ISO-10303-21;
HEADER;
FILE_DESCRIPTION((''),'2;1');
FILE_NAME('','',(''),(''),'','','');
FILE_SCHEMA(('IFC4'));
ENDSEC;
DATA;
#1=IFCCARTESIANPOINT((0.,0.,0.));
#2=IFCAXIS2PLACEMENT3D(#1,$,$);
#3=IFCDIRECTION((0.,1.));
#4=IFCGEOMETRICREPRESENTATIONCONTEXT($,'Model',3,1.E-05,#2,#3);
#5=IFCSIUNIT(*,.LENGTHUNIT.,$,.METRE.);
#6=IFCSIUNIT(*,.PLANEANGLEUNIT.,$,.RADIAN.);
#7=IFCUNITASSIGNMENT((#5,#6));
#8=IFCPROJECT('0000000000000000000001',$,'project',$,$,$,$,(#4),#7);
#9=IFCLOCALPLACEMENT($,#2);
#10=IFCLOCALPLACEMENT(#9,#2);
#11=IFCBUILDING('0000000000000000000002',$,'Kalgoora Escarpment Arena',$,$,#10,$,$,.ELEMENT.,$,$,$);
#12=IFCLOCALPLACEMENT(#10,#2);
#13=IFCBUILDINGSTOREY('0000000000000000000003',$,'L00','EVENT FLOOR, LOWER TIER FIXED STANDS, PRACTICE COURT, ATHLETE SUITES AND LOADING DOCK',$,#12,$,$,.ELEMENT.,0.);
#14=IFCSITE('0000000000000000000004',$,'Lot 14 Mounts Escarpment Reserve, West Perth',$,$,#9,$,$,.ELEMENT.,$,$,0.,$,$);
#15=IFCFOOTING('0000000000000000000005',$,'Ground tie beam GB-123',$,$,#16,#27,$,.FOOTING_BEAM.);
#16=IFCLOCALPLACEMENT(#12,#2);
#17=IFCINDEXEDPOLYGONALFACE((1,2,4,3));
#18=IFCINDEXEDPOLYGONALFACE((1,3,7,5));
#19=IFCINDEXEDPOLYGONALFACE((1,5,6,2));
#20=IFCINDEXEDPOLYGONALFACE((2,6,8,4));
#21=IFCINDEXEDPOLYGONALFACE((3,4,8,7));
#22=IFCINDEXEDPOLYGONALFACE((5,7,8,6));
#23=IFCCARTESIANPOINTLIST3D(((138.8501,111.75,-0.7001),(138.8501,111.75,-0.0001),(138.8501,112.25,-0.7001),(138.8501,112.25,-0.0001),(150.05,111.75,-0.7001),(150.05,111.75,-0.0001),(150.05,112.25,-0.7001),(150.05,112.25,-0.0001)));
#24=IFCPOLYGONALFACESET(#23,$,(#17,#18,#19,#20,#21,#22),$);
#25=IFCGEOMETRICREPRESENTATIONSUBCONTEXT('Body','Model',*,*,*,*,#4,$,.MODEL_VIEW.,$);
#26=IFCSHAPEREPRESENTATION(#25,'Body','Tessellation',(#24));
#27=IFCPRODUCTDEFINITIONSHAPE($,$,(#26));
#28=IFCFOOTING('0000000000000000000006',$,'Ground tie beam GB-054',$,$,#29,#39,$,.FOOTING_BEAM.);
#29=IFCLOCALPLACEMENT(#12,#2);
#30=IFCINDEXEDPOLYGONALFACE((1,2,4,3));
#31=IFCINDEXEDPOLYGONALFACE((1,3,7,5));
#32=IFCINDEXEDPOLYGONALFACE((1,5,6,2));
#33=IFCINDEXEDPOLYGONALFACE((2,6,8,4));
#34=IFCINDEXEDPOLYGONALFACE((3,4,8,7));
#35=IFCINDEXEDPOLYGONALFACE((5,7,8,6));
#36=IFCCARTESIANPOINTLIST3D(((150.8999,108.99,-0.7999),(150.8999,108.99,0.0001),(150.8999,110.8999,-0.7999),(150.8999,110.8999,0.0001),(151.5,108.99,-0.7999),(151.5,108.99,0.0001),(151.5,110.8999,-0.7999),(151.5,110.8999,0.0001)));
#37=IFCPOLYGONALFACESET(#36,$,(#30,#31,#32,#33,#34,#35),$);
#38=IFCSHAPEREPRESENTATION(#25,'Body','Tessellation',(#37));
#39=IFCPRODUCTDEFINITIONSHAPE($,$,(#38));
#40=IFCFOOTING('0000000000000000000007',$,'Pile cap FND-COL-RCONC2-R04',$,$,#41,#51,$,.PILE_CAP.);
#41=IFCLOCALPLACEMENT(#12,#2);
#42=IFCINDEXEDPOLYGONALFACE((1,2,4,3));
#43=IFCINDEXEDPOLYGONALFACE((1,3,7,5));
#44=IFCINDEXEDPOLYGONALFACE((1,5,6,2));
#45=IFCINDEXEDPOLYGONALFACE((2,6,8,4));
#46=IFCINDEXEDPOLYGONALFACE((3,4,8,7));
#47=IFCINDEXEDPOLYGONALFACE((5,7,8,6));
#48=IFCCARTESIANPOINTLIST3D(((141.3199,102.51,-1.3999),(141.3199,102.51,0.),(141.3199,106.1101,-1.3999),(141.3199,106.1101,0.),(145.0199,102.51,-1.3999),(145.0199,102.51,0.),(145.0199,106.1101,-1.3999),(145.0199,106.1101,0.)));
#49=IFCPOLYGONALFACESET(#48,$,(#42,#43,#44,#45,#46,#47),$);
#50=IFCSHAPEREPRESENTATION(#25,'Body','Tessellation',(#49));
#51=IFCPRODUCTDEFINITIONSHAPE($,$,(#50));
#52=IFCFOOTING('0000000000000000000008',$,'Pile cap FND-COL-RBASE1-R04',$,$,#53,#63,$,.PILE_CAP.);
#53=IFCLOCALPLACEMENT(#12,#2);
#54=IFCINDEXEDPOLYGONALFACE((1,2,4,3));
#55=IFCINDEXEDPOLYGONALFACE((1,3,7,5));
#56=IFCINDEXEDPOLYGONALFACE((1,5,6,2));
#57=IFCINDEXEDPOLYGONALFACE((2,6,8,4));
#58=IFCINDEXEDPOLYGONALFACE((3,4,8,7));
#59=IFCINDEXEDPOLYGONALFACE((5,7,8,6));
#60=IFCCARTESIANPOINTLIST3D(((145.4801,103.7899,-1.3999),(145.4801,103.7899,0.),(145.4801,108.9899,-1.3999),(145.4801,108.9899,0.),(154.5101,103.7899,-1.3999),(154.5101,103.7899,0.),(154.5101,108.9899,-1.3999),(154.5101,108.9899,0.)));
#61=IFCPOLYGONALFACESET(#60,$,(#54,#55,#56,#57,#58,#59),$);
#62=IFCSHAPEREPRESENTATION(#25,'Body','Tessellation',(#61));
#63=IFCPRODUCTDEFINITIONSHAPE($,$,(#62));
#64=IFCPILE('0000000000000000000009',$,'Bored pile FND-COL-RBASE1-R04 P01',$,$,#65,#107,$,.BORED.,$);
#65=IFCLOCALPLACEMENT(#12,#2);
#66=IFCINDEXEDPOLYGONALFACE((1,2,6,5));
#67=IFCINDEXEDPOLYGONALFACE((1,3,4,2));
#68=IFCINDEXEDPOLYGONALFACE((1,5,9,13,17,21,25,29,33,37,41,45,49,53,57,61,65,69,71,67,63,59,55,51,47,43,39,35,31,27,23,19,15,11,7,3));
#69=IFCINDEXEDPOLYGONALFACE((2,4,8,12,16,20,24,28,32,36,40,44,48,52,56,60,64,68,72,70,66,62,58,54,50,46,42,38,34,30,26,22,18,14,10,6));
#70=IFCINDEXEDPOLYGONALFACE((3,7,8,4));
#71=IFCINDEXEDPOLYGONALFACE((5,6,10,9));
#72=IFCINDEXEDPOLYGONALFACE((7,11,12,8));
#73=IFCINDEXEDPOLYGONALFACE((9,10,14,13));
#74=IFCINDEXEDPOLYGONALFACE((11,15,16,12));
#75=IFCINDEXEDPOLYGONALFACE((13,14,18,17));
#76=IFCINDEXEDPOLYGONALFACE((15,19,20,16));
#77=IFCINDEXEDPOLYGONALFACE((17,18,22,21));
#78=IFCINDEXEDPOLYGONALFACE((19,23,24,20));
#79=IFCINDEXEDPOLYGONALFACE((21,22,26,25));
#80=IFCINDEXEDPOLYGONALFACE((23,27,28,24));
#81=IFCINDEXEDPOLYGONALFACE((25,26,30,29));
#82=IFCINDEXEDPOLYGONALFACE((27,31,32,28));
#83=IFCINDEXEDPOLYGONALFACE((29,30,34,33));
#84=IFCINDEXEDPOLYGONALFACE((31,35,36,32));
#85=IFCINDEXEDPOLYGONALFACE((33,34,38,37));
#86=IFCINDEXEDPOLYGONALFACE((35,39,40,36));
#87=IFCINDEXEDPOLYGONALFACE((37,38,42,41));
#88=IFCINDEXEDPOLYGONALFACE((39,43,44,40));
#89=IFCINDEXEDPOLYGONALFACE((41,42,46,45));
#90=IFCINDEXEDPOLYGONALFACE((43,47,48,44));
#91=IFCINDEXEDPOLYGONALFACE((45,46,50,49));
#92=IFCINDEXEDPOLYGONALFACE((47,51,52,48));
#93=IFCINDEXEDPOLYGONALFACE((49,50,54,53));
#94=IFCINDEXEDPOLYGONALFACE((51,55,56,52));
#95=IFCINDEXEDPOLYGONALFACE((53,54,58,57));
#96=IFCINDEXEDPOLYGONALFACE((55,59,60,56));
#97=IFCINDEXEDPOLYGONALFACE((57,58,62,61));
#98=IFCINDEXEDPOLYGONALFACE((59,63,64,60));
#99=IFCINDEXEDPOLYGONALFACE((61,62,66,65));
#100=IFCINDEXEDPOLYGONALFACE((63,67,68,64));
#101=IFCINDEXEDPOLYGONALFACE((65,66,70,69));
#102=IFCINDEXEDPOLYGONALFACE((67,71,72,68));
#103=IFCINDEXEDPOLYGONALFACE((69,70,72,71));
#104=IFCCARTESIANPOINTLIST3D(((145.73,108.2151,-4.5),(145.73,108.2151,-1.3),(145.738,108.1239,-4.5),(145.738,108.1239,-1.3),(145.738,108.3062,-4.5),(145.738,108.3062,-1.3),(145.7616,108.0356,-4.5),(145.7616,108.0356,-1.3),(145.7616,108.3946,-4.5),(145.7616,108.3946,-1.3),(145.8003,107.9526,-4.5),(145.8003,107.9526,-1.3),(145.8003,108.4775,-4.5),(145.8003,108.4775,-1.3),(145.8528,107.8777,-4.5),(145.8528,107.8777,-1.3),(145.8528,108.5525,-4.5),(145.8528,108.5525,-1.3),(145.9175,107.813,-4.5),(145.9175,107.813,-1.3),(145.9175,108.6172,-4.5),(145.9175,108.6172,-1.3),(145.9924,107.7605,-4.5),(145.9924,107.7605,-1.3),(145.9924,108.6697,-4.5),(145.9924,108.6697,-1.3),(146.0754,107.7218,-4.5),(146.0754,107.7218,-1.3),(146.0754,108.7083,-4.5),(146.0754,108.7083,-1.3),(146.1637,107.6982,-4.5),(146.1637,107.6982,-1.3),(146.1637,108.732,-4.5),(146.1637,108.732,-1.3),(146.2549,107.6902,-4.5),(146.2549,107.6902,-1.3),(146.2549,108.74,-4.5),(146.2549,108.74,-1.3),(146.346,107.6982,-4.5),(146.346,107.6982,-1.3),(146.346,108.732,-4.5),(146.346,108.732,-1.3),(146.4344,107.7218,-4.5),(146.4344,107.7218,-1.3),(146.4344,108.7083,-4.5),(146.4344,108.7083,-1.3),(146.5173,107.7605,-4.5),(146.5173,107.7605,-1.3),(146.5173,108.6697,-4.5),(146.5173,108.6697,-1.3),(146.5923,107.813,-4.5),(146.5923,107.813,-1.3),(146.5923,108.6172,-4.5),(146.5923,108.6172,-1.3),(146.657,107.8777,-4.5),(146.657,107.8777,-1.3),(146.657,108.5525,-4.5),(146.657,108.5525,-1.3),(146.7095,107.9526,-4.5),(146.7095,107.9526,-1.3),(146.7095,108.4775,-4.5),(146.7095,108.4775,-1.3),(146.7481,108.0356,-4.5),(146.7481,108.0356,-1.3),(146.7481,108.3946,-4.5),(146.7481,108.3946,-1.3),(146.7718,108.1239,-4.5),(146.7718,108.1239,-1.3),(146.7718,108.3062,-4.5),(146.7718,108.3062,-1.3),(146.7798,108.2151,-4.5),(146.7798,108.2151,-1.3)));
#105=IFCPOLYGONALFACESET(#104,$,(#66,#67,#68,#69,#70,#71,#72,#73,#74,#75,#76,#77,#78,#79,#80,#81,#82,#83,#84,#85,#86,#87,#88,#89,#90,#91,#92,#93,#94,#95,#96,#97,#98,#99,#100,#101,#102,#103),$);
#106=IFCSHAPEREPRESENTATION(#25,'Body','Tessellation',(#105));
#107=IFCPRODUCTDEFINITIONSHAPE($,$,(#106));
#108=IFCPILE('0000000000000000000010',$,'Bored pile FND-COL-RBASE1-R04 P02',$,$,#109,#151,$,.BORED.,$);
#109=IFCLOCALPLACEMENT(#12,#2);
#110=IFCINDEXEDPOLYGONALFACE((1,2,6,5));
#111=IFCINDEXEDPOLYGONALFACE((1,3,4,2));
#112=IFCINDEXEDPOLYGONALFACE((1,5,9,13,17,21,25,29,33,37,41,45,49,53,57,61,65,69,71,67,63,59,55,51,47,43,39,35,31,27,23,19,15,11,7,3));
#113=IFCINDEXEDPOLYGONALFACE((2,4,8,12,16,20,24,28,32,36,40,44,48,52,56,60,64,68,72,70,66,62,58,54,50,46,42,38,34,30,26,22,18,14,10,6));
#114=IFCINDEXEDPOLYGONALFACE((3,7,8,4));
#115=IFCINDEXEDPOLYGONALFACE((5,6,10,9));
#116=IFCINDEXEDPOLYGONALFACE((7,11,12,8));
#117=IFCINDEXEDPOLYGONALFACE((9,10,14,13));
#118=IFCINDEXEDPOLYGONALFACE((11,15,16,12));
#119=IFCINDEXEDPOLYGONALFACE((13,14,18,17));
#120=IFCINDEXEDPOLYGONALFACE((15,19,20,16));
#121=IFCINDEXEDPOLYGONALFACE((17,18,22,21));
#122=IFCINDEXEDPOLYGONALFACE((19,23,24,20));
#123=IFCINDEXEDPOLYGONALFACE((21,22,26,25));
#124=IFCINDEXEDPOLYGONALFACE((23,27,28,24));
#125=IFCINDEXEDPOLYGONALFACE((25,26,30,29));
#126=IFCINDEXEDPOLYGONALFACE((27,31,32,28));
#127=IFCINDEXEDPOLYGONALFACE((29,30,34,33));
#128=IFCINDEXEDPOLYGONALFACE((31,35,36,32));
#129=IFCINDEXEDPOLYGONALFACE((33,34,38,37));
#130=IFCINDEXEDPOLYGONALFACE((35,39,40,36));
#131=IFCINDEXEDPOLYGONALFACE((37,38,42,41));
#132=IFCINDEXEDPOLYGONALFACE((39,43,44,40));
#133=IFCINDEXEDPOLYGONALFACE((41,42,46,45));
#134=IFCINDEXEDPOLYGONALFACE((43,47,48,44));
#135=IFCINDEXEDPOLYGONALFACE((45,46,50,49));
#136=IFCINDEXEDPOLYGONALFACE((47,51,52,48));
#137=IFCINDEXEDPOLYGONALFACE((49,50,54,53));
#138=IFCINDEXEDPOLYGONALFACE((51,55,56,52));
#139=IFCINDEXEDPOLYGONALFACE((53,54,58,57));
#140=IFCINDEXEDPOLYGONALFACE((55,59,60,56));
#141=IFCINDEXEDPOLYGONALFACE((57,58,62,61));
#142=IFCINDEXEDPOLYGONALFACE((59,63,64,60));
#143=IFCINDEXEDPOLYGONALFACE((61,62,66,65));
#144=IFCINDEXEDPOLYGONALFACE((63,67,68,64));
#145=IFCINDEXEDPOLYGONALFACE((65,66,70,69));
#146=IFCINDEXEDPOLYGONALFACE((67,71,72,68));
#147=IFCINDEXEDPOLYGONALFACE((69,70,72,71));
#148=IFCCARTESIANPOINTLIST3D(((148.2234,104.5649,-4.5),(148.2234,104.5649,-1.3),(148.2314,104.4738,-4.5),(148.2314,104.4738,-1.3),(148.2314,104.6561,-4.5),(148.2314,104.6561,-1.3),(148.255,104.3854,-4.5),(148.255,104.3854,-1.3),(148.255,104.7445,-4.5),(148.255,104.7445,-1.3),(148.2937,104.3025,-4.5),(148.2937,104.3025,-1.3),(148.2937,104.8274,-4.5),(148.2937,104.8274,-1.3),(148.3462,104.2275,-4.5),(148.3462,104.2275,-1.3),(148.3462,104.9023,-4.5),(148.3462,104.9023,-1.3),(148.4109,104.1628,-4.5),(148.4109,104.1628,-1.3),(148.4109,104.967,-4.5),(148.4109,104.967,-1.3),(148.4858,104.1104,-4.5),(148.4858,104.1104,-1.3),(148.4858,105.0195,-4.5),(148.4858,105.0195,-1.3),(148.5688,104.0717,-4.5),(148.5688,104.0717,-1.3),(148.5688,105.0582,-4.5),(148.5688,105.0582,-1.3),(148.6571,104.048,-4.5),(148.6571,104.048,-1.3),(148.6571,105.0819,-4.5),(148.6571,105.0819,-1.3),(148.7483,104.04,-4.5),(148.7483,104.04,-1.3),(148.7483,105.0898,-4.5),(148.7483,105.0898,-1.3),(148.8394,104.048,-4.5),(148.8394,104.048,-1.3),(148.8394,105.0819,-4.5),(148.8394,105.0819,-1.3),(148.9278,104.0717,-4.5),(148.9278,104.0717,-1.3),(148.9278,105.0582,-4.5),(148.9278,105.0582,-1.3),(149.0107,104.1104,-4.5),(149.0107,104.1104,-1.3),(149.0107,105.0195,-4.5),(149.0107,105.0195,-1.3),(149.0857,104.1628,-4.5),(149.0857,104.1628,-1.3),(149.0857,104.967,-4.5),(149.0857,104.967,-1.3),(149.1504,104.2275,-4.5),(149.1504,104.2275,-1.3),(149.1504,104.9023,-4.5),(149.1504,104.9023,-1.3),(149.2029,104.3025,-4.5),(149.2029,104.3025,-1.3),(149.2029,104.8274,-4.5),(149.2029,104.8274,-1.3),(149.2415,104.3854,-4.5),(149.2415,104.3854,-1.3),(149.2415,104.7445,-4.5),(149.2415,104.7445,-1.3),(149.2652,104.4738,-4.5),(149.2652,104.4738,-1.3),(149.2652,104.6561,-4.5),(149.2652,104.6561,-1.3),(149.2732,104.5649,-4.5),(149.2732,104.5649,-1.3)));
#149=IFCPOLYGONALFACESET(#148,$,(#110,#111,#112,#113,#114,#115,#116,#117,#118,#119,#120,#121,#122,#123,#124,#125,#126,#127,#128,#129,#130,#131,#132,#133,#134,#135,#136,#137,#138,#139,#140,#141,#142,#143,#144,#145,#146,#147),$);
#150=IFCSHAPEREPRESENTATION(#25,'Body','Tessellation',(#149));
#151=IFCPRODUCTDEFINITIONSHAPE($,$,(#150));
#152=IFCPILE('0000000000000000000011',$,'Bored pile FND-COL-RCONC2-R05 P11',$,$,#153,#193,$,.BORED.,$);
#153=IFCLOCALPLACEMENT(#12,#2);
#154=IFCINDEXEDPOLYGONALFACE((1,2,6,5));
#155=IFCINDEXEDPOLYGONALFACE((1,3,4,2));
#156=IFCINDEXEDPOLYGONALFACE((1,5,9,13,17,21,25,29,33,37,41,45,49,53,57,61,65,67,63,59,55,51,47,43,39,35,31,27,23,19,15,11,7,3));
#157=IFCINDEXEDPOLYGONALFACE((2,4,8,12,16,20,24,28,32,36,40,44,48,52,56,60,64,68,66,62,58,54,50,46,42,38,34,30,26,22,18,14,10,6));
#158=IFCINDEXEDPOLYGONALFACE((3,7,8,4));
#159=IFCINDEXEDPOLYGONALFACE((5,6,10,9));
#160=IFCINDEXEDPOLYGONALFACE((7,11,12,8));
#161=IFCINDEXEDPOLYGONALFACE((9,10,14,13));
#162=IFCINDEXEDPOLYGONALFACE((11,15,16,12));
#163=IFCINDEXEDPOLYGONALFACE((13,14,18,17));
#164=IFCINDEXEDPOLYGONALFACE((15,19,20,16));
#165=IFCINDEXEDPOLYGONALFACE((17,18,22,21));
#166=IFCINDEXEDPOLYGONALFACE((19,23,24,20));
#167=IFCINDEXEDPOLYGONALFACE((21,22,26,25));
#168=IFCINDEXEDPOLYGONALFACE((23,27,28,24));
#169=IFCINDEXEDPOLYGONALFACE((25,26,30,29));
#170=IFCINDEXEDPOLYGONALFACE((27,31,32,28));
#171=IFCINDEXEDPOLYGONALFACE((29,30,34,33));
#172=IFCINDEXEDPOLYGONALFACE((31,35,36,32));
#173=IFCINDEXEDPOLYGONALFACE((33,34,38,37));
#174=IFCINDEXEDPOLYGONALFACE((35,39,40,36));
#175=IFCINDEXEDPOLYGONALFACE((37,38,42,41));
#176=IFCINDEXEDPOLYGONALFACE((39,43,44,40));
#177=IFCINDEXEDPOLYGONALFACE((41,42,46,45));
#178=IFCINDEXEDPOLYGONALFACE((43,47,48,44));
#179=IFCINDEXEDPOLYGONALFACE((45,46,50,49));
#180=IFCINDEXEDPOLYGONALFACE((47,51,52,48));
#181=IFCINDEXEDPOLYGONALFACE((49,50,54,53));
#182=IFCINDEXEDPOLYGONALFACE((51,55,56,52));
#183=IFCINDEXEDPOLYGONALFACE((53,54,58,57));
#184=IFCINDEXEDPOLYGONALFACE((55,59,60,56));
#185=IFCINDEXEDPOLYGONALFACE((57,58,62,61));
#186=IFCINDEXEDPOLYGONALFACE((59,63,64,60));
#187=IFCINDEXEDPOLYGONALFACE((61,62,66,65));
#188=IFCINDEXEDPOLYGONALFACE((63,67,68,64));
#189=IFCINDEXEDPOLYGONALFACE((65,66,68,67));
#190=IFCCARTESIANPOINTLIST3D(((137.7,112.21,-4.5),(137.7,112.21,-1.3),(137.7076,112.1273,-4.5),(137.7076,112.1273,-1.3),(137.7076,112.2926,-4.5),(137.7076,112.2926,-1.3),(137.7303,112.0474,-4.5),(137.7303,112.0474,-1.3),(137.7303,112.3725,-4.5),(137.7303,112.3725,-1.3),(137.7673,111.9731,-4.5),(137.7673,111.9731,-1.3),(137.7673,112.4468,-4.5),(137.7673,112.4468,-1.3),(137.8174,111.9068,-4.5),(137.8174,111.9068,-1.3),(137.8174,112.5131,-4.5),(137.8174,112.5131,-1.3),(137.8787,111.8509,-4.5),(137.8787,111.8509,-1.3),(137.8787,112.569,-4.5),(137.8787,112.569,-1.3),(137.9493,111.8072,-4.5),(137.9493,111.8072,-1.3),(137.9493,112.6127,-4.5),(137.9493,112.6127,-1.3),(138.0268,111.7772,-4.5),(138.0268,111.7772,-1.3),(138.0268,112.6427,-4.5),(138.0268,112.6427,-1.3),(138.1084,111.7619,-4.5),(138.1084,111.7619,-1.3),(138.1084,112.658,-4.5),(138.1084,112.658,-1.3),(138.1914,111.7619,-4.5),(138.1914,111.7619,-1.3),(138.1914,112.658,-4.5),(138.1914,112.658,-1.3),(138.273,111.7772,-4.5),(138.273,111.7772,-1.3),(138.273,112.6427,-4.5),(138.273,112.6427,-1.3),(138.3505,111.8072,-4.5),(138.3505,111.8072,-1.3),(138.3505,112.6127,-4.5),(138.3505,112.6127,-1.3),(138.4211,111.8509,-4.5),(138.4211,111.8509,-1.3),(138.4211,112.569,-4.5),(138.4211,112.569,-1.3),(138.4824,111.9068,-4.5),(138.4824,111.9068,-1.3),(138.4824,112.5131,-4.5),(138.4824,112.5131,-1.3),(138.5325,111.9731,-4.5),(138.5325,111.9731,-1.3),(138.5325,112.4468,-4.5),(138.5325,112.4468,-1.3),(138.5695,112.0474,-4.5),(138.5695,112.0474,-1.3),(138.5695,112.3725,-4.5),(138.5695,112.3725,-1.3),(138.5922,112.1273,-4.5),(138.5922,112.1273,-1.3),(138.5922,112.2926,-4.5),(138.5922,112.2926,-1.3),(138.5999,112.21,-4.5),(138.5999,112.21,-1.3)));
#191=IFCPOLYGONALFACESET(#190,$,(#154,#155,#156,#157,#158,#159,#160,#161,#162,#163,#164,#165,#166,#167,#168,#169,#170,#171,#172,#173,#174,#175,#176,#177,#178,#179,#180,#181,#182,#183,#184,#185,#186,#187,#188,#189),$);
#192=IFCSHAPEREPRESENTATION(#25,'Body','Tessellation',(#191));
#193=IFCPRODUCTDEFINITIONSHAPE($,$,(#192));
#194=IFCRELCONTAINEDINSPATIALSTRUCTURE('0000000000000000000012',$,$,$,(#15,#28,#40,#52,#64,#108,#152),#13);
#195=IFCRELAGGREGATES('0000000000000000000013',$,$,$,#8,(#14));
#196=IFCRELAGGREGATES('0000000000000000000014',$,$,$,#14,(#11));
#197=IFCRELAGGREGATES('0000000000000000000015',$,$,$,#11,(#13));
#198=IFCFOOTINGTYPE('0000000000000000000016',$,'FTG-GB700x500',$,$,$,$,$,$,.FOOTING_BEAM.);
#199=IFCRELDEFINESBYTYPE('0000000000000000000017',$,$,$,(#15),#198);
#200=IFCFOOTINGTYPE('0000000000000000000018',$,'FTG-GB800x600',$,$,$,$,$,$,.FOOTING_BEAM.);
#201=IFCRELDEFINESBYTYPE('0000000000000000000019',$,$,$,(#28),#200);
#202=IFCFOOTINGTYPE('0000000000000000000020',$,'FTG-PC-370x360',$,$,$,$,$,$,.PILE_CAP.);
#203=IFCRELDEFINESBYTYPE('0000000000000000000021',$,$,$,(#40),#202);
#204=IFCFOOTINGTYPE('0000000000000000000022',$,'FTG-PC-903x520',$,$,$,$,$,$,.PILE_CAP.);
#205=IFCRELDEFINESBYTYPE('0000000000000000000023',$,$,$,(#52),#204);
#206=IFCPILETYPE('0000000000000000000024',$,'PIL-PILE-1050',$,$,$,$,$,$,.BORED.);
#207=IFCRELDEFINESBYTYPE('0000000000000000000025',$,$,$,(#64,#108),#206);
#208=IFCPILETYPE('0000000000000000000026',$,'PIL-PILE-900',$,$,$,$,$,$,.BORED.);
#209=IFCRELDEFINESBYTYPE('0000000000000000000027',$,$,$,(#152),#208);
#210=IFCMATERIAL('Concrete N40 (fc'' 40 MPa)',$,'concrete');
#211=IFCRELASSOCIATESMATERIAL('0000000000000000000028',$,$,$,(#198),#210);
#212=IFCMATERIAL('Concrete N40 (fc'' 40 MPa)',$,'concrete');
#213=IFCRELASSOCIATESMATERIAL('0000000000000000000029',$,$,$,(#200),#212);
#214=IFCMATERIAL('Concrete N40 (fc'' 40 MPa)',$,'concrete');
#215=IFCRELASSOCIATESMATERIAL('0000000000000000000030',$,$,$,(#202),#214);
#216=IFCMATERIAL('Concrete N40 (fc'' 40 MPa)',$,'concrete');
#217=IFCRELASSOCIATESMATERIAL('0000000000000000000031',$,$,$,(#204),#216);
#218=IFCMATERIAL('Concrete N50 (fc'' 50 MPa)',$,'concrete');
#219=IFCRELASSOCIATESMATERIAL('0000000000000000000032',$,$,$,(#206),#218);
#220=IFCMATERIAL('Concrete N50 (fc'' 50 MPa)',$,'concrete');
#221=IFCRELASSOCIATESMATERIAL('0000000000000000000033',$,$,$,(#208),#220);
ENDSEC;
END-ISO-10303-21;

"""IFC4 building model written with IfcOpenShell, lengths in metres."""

from ifc_helpers import new_model, si_unit, direction, frame, origin, origin_2d, place, context, subcontext, project, spatial, rectangle, circle, extrude, material, material_profile, profile_set, type_object, element, save


model = new_model("IFC4")

# Units and contexts
model_context = context("Model", 3, precision=1e-05, world=origin(), true_north=direction((0.0, 1.0)))
body_context = subcontext(model_context, "Body", "Model", "MODEL_VIEW")
ifc_project = project(units=[si_unit("LENGTHUNIT", "METRE"), si_unit("PLANEANGLEUNIT", "RADIAN")], contexts=[model_context])

# Site, building, storey
site_placement = place(None, origin())
site = spatial("IfcSite", under=ifc_project, at=site_placement, Name="Lot 14 Mounts Escarpment Reserve, West Perth", CompositionType="ELEMENT", RefElevation=0.0)
building_placement = place(site_placement, origin())
building = spatial("IfcBuilding", under=site, at=building_placement, Name="Kalgoora Escarpment Arena", CompositionType="ELEMENT")
storey_placement = place(building_placement, origin())
storey = spatial("IfcBuildingStorey", under=building, at=storey_placement, Name="L00", Description="EVENT FLOOR, LOWER TIER FIXED STANDS, PRACTICE COURT, ATHLETE SUITES AND LOADING DOCK", CompositionType="ELEMENT", Elevation=0.0)

# Footings
ifc_material_1 = material(Name="Concrete N40 (fc' 40 MPa)", Category="concrete")
ifc_material_profile_1 = material_profile(ifc_material_1, rectangle(XDim=0.5, YDim=0.7, at=origin_2d()))
ifc_profile_set_1 = profile_set([ifc_material_profile_1], Name="Concrete N40 (fc' 40 MPa)")
footing_type_1 = type_object("IfcFootingType", Name="FTG-GB700x500", PredefinedType="FOOTING_BEAM", material=ifc_profile_set_1)
footing_1_placement = place(storey_placement, frame((138.8501, 112.0, -0.3501), z_axis=(1.0, 0.0, 0.0), x_axis=(0.0, 1.0, 0.0)))
element("IfcFooting", 1, at=footing_1_placement, inside=storey, type_object=footing_type_1, Name="Ground tie beam GB-123", PredefinedType="FOOTING_BEAM", context=body_context, shape_type="SweptSolid", body=[
    extrude(rectangle(XDim=0.5, YDim=0.7, at=origin_2d()), origin(), (0.0, 0.0, 1.0), 11.2),
])
ifc_material_2 = material(Name="Concrete N40 (fc' 40 MPa)", Category="concrete")
ifc_material_profile_2 = material_profile(ifc_material_2, rectangle(XDim=0.6001, YDim=0.8, at=origin_2d()))
ifc_profile_set_2 = profile_set([ifc_material_profile_2], Name="Concrete N40 (fc' 40 MPa)")
footing_type_2 = type_object("IfcFootingType", Name="FTG-GB800x600", PredefinedType="FOOTING_BEAM", material=ifc_profile_set_2)
footing_2_placement = place(storey_placement, frame((151.2, 108.99, -0.3999), z_axis=(0.0, 1.0, 0.0), x_axis=(-1.0, 0.0, 0.0)))
element("IfcFooting", 2, at=footing_2_placement, inside=storey, type_object=footing_type_2, Name="Ground tie beam GB-054", PredefinedType="FOOTING_BEAM", context=body_context, shape_type="SweptSolid", body=[
    extrude(rectangle(XDim=0.6001, YDim=0.8, at=origin_2d()), origin(), (0.0, 0.0, 1.0), 1.9099),
])
ifc_material_3 = material(Name="Concrete N40 (fc' 40 MPa)", Category="concrete")
footing_type_3 = type_object("IfcFootingType", Name="FTG-PC-370x360", PredefinedType="PILE_CAP", material=ifc_material_3)
footing_3_placement = place(storey_placement, frame((143.1699, 104.3101, -1.3999), z_axis=(0.0, 0.0, 1.0), x_axis=(1.0, 0.0, 0.0)))
element("IfcFooting", 3, at=footing_3_placement, inside=storey, type_object=footing_type_3, Name="Pile cap FND-COL-RCONC2-R04", PredefinedType="PILE_CAP", context=body_context, shape_type="SweptSolid", body=[
    extrude(rectangle(XDim=3.7, YDim=3.6001, at=origin_2d()), origin(), (0.0, 0.0, 1.0), 1.3999),
])
ifc_material_4 = material(Name="Concrete N40 (fc' 40 MPa)", Category="concrete")
footing_type_4 = type_object("IfcFootingType", Name="FTG-PC-903x520", PredefinedType="PILE_CAP", material=ifc_material_4)
footing_4_placement = place(storey_placement, frame((149.9951, 106.3899, -1.3999), z_axis=(0.0, 0.0, 1.0), x_axis=(1.0, 0.0, 0.0)))
element("IfcFooting", 4, at=footing_4_placement, inside=storey, type_object=footing_type_4, Name="Pile cap FND-COL-RBASE1-R04", PredefinedType="PILE_CAP", context=body_context, shape_type="SweptSolid", body=[
    extrude(rectangle(XDim=9.03, YDim=5.2, at=origin_2d()), origin(), (0.0, 0.0, 1.0), 1.3999),
])

# Piles
ifc_material_5 = material(Name="Concrete N50 (fc' 50 MPa)", Category="concrete")
ifc_material_profile_3 = material_profile(ifc_material_5, circle(Radius=0.5249, at=origin_2d()))
ifc_profile_set_3 = profile_set([ifc_material_profile_3], Name="Concrete N50 (fc' 50 MPa)")
pile_type_1 = type_object("IfcPileType", Name="PIL-PILE-1050", PredefinedType="BORED", material=ifc_profile_set_3)
for number, where, z_axis, x_axis, name in (
    (5, (146.2549, 108.2151, -1.3), (0.0, 0.0, -1.0), (1.0, 0.0, 0.0), "Bored pile FND-COL-RBASE1-R04 P01"),
    (6, (148.7483, 104.5649, -1.3), (0.0, 0.0, -1.0), (1.0, 0.0, 0.0), "Bored pile FND-COL-RBASE1-R04 P02"),
):
    element("IfcPile", number, at=place(storey_placement, frame(where, z_axis=z_axis, x_axis=x_axis)), inside=storey, type_object=pile_type_1, Name=name, PredefinedType="BORED", context=body_context, shape_type="SweptSolid", body=[
        extrude(circle(Radius=0.5249, at=origin_2d()), origin(), (0.0, 0.0, 1.0), 3.2),
    ])
ifc_material_6 = material(Name="Concrete N50 (fc' 50 MPa)", Category="concrete")
ifc_material_profile_4 = material_profile(ifc_material_6, circle(Radius=0.45, at=origin_2d()))
ifc_profile_set_4 = profile_set([ifc_material_profile_4], Name="Concrete N50 (fc' 50 MPa)")
pile_type_2 = type_object("IfcPileType", Name="PIL-PILE-900", PredefinedType="BORED", material=ifc_profile_set_4)
for number, where, z_axis, x_axis, name in (
    (7, (138.1499, 112.21, -1.3), (0.0, 0.0, -1.0), (1.0, 0.0, 0.0), "Bored pile FND-COL-RCONC2-R05 P11"),
):
    element("IfcPile", number, at=place(storey_placement, frame(where, z_axis=z_axis, x_axis=x_axis)), inside=storey, type_object=pile_type_2, Name=name, PredefinedType="BORED", context=body_context, shape_type="SweptSolid", body=[
        extrude(circle(Radius=0.45, at=origin_2d()), origin(), (0.0, 0.0, 1.0), 3.2),
    ])

save(model, "model.ifc")
